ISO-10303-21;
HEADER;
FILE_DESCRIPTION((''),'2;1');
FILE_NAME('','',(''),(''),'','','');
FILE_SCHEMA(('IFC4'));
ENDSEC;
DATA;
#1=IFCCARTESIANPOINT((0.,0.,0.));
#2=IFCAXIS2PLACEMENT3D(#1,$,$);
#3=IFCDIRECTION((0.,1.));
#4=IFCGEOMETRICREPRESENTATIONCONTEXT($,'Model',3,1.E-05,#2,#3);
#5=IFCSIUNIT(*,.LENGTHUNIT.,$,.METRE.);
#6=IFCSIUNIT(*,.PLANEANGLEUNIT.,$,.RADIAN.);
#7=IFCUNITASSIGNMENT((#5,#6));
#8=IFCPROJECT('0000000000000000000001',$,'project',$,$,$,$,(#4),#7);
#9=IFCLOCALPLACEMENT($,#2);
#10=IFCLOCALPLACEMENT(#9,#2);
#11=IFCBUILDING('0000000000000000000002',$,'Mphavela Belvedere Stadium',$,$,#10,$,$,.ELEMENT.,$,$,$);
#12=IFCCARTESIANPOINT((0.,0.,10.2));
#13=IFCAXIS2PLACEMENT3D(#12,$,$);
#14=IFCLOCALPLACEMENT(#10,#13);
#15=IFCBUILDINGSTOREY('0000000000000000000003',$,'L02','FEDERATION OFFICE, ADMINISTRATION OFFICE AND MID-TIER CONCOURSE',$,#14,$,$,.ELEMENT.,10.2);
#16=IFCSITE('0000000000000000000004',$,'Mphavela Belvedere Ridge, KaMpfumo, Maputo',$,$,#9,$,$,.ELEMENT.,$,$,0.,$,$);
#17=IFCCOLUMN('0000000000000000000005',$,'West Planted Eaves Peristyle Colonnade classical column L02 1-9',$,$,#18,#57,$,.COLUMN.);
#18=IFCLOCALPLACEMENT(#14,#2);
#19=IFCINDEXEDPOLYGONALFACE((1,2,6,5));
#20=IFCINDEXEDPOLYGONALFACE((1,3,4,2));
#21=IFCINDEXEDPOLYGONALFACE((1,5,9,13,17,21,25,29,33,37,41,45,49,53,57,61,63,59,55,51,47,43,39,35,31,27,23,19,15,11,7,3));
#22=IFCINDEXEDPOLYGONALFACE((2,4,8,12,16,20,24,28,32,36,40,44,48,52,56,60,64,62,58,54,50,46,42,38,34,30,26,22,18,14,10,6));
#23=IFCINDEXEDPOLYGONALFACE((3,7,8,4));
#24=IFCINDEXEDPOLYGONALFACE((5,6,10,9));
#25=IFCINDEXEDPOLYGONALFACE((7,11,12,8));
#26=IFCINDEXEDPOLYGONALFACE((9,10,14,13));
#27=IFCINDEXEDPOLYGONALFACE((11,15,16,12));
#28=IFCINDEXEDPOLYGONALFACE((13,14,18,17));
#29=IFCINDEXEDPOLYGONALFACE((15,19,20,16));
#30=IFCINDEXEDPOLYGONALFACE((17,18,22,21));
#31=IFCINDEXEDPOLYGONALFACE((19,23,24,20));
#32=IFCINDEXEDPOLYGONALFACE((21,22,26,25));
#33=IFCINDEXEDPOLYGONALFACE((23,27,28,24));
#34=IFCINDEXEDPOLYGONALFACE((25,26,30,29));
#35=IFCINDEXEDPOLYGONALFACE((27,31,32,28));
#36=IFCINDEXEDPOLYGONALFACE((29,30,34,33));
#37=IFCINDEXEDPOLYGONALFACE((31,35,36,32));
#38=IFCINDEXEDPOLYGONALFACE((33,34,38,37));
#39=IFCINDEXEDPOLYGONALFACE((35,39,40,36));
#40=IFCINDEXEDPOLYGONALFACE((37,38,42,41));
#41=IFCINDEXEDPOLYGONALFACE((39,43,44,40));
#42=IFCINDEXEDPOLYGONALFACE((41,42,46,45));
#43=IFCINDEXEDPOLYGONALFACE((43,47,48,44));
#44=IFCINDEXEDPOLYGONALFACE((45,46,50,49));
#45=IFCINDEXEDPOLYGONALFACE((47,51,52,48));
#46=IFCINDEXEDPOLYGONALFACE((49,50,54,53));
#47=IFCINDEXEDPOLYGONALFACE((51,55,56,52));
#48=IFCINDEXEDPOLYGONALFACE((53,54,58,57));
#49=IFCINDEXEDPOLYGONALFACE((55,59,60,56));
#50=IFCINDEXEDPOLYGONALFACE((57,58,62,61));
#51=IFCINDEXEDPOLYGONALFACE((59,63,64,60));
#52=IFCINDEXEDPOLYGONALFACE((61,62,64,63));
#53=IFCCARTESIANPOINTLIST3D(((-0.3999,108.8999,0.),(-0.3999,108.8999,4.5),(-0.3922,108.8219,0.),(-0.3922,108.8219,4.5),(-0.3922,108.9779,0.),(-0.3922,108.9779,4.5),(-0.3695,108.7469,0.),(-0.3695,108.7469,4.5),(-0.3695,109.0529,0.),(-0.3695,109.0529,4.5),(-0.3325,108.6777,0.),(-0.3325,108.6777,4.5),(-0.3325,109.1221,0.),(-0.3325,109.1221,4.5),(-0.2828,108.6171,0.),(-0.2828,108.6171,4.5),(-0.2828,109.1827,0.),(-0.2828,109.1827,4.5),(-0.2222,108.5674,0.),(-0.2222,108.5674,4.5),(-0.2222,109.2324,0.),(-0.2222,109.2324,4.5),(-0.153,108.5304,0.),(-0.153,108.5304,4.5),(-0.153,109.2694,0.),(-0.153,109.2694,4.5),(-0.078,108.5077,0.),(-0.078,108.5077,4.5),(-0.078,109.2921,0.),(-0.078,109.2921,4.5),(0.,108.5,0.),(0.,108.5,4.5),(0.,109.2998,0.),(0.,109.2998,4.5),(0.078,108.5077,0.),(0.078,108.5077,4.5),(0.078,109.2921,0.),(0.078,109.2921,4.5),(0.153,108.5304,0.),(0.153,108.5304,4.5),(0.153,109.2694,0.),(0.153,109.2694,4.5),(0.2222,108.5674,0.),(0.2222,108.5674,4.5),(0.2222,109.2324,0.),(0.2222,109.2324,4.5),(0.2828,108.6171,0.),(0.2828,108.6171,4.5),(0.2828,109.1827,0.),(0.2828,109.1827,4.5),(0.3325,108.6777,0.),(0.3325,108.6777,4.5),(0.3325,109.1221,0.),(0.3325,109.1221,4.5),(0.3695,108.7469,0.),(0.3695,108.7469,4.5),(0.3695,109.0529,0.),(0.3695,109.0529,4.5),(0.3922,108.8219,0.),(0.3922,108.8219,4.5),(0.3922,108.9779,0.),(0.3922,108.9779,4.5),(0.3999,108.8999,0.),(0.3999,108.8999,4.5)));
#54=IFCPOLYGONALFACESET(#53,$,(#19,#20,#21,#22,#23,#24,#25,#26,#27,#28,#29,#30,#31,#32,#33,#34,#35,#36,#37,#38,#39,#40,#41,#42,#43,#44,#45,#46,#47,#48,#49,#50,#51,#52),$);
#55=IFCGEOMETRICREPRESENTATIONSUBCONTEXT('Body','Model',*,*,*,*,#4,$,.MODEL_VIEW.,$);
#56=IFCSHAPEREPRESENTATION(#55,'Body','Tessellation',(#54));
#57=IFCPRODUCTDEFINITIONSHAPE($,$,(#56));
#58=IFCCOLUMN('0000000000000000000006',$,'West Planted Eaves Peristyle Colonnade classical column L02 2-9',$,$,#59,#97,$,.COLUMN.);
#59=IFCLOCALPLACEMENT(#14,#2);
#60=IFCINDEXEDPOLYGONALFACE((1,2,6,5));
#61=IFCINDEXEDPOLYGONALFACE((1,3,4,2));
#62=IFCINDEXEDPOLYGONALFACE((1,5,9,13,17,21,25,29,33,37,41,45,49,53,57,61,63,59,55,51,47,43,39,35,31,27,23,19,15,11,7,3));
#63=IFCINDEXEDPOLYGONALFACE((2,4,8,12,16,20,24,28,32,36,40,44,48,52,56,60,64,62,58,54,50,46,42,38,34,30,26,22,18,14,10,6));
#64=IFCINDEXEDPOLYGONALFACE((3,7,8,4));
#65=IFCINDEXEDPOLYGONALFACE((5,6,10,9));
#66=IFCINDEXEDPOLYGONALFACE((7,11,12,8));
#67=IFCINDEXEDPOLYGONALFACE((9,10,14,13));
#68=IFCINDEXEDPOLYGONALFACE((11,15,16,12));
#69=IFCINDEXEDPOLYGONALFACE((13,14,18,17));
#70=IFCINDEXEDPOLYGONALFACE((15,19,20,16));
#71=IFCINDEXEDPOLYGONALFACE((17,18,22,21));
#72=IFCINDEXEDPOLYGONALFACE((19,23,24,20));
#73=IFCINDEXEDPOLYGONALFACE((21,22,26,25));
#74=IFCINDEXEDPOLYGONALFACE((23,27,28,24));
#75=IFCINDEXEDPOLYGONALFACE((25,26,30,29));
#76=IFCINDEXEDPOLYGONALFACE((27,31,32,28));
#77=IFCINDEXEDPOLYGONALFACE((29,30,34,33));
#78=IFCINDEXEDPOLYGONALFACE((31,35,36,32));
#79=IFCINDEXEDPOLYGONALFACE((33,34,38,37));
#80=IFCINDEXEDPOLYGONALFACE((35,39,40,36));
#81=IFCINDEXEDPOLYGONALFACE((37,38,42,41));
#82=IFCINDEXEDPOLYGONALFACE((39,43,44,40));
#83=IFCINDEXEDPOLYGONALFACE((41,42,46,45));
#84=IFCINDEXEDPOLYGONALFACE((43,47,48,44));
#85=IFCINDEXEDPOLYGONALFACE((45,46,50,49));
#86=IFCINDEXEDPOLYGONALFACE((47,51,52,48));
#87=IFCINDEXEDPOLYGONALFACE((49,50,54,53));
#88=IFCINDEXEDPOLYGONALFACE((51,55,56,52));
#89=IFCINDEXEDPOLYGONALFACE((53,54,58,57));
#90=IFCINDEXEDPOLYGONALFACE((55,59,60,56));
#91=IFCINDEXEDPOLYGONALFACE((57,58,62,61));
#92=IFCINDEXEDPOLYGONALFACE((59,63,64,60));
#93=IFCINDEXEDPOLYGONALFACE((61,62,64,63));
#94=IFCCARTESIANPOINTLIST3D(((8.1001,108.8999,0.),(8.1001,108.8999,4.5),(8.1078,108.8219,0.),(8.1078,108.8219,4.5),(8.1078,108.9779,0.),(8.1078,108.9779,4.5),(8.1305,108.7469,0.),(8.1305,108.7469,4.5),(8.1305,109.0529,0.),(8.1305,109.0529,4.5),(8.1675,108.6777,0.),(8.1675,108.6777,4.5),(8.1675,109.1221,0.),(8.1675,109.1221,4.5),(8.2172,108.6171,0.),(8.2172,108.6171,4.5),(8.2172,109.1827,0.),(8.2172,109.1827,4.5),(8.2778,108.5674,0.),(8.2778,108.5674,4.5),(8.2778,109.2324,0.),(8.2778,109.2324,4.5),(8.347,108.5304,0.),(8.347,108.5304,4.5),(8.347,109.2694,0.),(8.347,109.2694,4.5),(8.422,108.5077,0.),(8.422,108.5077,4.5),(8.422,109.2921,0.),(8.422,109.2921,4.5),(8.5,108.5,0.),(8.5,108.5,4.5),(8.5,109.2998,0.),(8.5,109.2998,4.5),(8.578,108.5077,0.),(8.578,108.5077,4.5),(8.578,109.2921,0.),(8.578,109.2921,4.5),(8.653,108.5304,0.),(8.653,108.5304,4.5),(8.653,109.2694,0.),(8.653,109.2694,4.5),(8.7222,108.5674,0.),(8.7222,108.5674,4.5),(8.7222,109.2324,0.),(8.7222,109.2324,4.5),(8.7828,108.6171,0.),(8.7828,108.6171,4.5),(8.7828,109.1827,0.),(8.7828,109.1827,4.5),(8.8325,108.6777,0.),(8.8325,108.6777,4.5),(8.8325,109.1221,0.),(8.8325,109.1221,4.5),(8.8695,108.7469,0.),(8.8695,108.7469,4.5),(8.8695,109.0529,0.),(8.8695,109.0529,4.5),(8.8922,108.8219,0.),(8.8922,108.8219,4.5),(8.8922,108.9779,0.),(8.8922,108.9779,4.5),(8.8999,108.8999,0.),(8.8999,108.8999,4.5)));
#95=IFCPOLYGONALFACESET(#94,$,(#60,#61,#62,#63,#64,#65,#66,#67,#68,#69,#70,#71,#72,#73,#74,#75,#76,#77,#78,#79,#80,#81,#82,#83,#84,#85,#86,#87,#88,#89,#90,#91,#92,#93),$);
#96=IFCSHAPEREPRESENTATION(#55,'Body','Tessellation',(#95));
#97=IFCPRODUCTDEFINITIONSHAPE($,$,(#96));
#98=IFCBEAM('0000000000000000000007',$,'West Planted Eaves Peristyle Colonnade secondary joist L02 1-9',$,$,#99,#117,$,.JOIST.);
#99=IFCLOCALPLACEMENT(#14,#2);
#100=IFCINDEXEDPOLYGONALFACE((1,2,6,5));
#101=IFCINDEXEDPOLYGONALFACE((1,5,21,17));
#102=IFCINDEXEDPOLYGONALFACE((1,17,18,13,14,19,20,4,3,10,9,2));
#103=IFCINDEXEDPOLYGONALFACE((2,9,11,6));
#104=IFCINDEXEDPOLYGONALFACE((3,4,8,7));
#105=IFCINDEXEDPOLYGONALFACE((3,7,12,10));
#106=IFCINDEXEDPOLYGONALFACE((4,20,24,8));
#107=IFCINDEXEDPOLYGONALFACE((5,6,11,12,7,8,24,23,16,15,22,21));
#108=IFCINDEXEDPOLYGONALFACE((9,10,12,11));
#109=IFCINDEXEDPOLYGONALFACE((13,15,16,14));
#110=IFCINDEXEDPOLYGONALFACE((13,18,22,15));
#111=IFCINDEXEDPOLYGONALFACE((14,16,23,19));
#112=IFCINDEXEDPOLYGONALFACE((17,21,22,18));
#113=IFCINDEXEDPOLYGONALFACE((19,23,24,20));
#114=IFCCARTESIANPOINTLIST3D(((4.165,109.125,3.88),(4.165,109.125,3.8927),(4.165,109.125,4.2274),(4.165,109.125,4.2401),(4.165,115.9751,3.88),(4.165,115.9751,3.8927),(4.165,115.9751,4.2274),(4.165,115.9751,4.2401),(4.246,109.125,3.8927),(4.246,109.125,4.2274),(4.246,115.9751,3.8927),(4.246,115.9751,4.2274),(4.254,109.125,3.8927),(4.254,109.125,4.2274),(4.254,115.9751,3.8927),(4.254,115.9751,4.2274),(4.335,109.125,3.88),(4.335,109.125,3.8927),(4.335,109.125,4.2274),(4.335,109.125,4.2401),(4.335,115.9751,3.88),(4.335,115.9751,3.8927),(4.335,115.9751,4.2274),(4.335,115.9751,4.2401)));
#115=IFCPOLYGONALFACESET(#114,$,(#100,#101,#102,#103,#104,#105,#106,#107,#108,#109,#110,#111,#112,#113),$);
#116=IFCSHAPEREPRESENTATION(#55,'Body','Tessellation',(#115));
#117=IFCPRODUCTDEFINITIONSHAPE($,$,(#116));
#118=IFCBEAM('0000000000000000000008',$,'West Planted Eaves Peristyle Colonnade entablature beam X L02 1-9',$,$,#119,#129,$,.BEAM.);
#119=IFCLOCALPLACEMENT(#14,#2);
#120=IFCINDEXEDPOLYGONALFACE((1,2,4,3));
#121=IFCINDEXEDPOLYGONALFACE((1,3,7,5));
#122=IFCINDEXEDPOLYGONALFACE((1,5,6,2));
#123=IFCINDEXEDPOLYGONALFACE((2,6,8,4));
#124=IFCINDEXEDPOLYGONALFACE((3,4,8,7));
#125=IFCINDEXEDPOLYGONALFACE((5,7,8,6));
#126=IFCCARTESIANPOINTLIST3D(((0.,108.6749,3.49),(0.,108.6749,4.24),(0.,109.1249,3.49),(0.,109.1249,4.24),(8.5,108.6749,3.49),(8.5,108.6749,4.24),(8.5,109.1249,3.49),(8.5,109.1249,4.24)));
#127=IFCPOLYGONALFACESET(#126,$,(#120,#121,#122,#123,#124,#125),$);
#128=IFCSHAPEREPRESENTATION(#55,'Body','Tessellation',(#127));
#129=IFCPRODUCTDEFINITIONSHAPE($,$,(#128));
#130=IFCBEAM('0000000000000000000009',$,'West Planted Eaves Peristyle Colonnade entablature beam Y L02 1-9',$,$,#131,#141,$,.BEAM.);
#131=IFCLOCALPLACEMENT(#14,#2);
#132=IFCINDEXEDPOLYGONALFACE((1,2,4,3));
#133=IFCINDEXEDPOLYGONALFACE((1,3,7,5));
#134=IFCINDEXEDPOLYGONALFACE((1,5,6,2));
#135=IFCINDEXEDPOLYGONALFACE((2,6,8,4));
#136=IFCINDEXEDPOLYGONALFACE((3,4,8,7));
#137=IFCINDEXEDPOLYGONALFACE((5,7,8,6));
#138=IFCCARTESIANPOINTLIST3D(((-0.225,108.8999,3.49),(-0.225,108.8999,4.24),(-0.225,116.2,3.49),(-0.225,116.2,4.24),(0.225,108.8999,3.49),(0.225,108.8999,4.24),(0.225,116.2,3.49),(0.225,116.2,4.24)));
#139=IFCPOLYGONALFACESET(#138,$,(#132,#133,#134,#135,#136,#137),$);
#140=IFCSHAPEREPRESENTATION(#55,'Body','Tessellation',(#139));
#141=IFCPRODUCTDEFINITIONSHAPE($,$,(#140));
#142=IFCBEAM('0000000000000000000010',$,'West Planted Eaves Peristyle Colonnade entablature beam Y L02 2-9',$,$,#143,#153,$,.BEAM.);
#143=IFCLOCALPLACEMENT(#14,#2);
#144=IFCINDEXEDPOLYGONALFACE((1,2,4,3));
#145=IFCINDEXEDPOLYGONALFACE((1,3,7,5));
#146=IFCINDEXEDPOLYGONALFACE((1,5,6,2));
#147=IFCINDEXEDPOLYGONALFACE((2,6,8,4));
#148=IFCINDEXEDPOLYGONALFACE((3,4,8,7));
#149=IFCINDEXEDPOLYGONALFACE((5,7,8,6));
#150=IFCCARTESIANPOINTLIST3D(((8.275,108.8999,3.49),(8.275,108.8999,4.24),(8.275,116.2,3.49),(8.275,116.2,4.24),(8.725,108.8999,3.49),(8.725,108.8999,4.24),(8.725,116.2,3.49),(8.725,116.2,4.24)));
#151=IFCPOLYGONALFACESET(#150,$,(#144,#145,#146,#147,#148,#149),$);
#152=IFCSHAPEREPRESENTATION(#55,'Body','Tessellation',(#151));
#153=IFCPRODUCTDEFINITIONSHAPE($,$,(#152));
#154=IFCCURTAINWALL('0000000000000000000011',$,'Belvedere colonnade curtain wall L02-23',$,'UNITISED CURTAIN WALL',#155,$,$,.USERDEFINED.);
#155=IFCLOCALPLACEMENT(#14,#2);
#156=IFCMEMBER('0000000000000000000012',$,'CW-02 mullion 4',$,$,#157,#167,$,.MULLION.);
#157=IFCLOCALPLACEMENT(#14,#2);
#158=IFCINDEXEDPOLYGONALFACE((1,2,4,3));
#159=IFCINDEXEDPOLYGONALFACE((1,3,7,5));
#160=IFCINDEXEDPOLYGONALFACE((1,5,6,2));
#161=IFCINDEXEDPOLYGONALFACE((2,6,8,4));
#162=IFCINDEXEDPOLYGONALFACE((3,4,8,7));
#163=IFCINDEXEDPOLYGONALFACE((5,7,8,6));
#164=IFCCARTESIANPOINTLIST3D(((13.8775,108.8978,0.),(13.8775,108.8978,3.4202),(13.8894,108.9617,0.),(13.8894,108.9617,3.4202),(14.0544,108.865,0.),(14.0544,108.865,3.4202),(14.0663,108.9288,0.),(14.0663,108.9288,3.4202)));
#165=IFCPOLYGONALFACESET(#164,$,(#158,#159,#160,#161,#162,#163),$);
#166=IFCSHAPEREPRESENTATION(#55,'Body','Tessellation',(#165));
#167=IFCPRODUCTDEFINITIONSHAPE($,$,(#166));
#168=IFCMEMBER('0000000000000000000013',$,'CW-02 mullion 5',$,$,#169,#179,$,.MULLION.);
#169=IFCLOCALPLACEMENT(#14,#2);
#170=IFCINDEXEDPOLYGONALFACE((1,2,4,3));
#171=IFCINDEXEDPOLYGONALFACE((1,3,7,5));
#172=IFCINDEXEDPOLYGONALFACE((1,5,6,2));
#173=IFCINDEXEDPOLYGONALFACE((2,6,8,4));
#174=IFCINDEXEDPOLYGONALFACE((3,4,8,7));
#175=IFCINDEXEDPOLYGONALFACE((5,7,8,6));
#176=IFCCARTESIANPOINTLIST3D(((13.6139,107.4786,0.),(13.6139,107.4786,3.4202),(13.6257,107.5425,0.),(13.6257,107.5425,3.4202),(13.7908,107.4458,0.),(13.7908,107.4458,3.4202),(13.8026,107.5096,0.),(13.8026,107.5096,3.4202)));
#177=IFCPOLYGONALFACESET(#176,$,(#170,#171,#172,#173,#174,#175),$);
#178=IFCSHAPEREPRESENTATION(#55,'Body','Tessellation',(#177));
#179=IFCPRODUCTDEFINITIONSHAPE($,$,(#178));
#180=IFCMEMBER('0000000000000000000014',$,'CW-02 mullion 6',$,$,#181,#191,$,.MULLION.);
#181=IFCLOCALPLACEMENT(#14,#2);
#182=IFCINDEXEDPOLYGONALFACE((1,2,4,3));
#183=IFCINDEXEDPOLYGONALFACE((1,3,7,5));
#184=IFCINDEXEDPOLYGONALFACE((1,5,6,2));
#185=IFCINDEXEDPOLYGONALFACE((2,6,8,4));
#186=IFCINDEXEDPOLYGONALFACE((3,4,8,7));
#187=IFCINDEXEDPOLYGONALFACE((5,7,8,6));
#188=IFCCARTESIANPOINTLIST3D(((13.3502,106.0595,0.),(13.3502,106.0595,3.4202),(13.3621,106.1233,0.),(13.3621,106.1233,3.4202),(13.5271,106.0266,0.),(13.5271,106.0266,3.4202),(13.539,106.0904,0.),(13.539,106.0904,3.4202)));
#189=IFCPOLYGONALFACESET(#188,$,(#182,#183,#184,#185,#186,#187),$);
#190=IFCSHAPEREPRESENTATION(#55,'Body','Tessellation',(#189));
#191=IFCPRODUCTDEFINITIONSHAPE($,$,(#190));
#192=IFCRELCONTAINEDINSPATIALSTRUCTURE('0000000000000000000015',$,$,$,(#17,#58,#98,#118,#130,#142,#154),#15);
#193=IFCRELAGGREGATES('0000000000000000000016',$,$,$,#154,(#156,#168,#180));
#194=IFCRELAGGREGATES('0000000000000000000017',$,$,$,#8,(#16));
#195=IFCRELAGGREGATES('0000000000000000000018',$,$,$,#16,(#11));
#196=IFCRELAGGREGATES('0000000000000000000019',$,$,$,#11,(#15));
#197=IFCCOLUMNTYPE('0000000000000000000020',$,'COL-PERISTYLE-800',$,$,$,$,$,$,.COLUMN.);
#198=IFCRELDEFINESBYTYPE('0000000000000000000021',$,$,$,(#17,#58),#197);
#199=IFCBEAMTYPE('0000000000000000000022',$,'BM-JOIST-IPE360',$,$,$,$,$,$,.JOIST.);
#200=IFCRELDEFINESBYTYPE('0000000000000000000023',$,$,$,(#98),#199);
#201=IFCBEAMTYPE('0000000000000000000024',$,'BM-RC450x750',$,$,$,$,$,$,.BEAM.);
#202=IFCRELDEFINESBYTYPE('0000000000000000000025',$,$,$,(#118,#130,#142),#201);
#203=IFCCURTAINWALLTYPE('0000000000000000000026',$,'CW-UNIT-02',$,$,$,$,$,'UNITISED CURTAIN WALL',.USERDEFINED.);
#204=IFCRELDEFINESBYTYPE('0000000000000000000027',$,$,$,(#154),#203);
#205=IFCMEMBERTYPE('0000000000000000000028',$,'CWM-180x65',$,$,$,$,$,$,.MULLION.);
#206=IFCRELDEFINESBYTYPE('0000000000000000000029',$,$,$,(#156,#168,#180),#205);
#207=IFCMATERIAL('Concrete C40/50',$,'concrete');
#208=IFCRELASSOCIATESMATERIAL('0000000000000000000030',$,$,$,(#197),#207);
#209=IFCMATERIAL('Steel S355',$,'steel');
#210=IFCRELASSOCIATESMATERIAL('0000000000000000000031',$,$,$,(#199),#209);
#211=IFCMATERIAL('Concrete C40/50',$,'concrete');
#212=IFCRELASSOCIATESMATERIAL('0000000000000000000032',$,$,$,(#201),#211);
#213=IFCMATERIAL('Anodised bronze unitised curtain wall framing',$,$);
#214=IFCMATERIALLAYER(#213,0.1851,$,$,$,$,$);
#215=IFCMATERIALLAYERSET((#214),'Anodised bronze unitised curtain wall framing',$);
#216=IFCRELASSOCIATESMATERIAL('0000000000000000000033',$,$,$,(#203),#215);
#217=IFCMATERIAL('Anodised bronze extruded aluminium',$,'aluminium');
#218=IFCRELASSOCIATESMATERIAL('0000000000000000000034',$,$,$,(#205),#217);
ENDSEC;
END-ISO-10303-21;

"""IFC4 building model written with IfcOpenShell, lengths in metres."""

from ifc_helpers import new_model, si_unit, direction, frame, origin, origin_2d, place, context, subcontext, project, spatial, rectangle, circle, i_section, extrude, material, layer, layer_set, material_profile, profile_set, type_object, element, aggregate, save


model = new_model("IFC4")

# Units and contexts
model_context = context("Model", 3, precision=1e-05, world=origin(), true_north=direction((0.0, 1.0)))
body_context = subcontext(model_context, "Body", "Model", "MODEL_VIEW")
ifc_project = project(units=[si_unit("LENGTHUNIT", "METRE"), si_unit("PLANEANGLEUNIT", "RADIAN")], contexts=[model_context])

# Site, building, storey
site_placement = place(None, origin())
site = spatial("IfcSite", under=ifc_project, at=site_placement, Name="Mphavela Belvedere Ridge, KaMpfumo, Maputo", CompositionType="ELEMENT", RefElevation=0.0)
building_placement = place(site_placement, origin())
building = spatial("IfcBuilding", under=site, at=building_placement, Name="Mphavela Belvedere Stadium", CompositionType="ELEMENT")
storey_placement = place(building_placement, frame((0.0, 0.0, 10.2)))
storey = spatial("IfcBuildingStorey", under=building, at=storey_placement, Name="L02", Description="FEDERATION OFFICE, ADMINISTRATION OFFICE AND MID-TIER CONCOURSE", CompositionType="ELEMENT", Elevation=10.2)

# Columns
ifc_material_1 = material(Name="Concrete C40/50", Category="concrete")
ifc_material_profile_1 = material_profile(ifc_material_1, circle(Radius=0.3999, at=origin_2d()), Name="COL D800")
ifc_profile_set_1 = profile_set([ifc_material_profile_1], Name="Concrete C40/50")
column_type = type_object("IfcColumnType", Name="COL-PERISTYLE-800", PredefinedType="COLUMN", material=ifc_profile_set_1)
for number, where, z_axis, x_axis, name in (
    (1, (0.0, 108.8999, 0.0), (0.0, 0.0, 1.0), (1.0, 0.0, 0.0), "West Planted Eaves Peristyle Colonnade classical column L02 1-9"),
    (2, (8.5, 108.8999, 0.0), (0.0, 0.0, 1.0), (1.0, 0.0, 0.0), "West Planted Eaves Peristyle Colonnade classical column L02 2-9"),
):
    element("IfcColumn", number, at=place(storey_placement, frame(where, z_axis=z_axis, x_axis=x_axis)), inside=storey, type_object=column_type, Name=name, PredefinedType="COLUMN", context=body_context, shape_type="SweptSolid", body=[
        extrude(circle(Radius=0.3999, at=origin_2d()), origin(), (0.0, 0.0, 1.0), 4.5),
    ])

# Beams
ifc_material_2 = material(Name="Steel S355", Category="steel")
ifc_material_profile_2 = material_profile(ifc_material_2, i_section(OverallWidth=0.1699, OverallDepth=0.3601, WebThickness=0.0081, FlangeThickness=0.0127, at=origin_2d()), Name="IPE 360")
ifc_profile_set_2 = profile_set([ifc_material_profile_2], Name="Steel S355")
beam_type_1 = type_object("IfcBeamType", Name="BM-JOIST-IPE360", PredefinedType="JOIST", material=ifc_profile_set_2)
beam_1_placement = place(storey_placement, frame((4.25, 109.125, 4.0601), z_axis=(0.0, 1.0, 0.0), x_axis=(-1.0, 0.0, 0.0)))
element("IfcBeam", 3, at=beam_1_placement, inside=storey, type_object=beam_type_1, Name="West Planted Eaves Peristyle Colonnade secondary joist L02 1-9", PredefinedType="JOIST", context=body_context, shape_type="SweptSolid", body=[
    extrude(i_section(OverallWidth=0.1699, OverallDepth=0.3601, WebThickness=0.0081, FlangeThickness=0.0127, at=origin_2d()), origin(), (0.0, 0.0, 1.0), 6.8501),
])
ifc_material_3 = material(Name="Concrete C40/50", Category="concrete")
ifc_material_profile_3 = material_profile(ifc_material_3, rectangle(XDim=0.45, YDim=0.75, at=origin_2d()), Name="RC 450x750")
ifc_profile_set_3 = profile_set([ifc_material_profile_3], Name="Concrete C40/50")
beam_type_2 = type_object("IfcBeamType", Name="BM-RC450x750", PredefinedType="BEAM", material=ifc_profile_set_3)
beam_2_placement = place(storey_placement, frame((0.0, 108.8999, 3.865), z_axis=(1.0, 0.0, 0.0), x_axis=(0.0, 1.0, 0.0)))
element("IfcBeam", 4, at=beam_2_placement, inside=storey, type_object=beam_type_2, Name="West Planted Eaves Peristyle Colonnade entablature beam X L02 1-9", PredefinedType="BEAM", context=body_context, shape_type="SweptSolid", body=[
    extrude(rectangle(XDim=0.45, YDim=0.75, at=origin_2d()), origin(), (0.0, 0.0, 1.0), 8.5),
])
for number, where, z_axis, x_axis, name in (
    (5, (0.0, 108.8999, 3.865), (0.0, 1.0, 0.0), (-1.0, 0.0, 0.0), "West Planted Eaves Peristyle Colonnade entablature beam Y L02 1-9"),
    (6, (8.5, 108.8999, 3.865), (0.0, 1.0, 0.0), (-1.0, 0.0, 0.0), "West Planted Eaves Peristyle Colonnade entablature beam Y L02 2-9"),
):
    element("IfcBeam", number, at=place(storey_placement, frame(where, z_axis=z_axis, x_axis=x_axis)), inside=storey, type_object=beam_type_2, Name=name, PredefinedType="BEAM", context=body_context, shape_type="SweptSolid", body=[
        extrude(rectangle(XDim=0.45, YDim=0.75, at=origin_2d()), origin(), (0.0, 0.0, 1.0), 7.3),
    ])

# Curtain wall, members
ifc_material_4 = material(Name="Anodised bronze unitised curtain wall framing")
ifc_layer_1 = layer(ifc_material_4, 0.1851)
ifc_layer_set_1 = layer_set([ifc_layer_1], Name="Anodised bronze unitised curtain wall framing")
curtain_wall_type = type_object("IfcCurtainWallType", Name="CW-UNIT-02", ElementType="UNITISED CURTAIN WALL", PredefinedType="USERDEFINED", material=ifc_layer_set_1)
curtain_wall_placement = place(storey_placement, origin())
curtain_wall = element("IfcCurtainWall", 7, at=curtain_wall_placement, inside=storey, type_object=curtain_wall_type, Name="Belvedere colonnade curtain wall L02-23", ObjectType="UNITISED CURTAIN WALL", PredefinedType="USERDEFINED")
ifc_material_5 = material(Name="Anodised bronze extruded aluminium", Category="aluminium")
ifc_material_profile_4 = material_profile(ifc_material_5, rectangle(XDim=0.1799, YDim=0.0649, at=origin_2d()), Name="CW-MUL 180x65")
ifc_profile_set_4 = profile_set([ifc_material_profile_4], Name="Anodised bronze extruded aluminium")
member_type_1 = type_object("IfcMemberType", Name="CWM-180x65", PredefinedType="MULLION", material=ifc_profile_set_4)
member_1_placement = place(storey_placement, frame((13.9719, 108.9133, 0.0), z_axis=(0.0, 0.0, 1.0), x_axis=(0.983183, -0.182625, 0.0)))
member_1 = element("IfcMember", 8, at=member_1_placement, type_object=member_type_1, Name="CW-02 mullion 4", PredefinedType="MULLION", context=body_context, shape_type="SweptSolid", body=[
    extrude(rectangle(XDim=0.1799, YDim=0.0649, at=origin_2d()), origin(), (0.0, 0.0, 1.0), 3.4202),
])
member_2_placement = place(storey_placement, frame((13.7083, 107.4941, 0.0), z_axis=(0.0, 0.0, 1.0), x_axis=(0.983183, -0.182625, 0.0)))
member_2 = element("IfcMember", 9, at=member_2_placement, type_object=member_type_1, Name="CW-02 mullion 5", PredefinedType="MULLION", context=body_context, shape_type="SweptSolid", body=[
    extrude(rectangle(XDim=0.1799, YDim=0.0649, at=origin_2d()), origin(), (0.0, 0.0, 1.0), 3.4202),
])
member_3_placement = place(storey_placement, frame((13.4446, 106.075, 0.0), z_axis=(0.0, 0.0, 1.0), x_axis=(0.983183, -0.182625, 0.0)))
member_3 = element("IfcMember", 10, at=member_3_placement, type_object=member_type_1, Name="CW-02 mullion 6", PredefinedType="MULLION", context=body_context, shape_type="SweptSolid", body=[
    extrude(rectangle(XDim=0.1799, YDim=0.0649, at=origin_2d()), origin(), (0.0, 0.0, 1.0), 3.4202),
])
aggregate(curtain_wall, [member_1, member_2, member_3])

save(model, "model.ifc")
